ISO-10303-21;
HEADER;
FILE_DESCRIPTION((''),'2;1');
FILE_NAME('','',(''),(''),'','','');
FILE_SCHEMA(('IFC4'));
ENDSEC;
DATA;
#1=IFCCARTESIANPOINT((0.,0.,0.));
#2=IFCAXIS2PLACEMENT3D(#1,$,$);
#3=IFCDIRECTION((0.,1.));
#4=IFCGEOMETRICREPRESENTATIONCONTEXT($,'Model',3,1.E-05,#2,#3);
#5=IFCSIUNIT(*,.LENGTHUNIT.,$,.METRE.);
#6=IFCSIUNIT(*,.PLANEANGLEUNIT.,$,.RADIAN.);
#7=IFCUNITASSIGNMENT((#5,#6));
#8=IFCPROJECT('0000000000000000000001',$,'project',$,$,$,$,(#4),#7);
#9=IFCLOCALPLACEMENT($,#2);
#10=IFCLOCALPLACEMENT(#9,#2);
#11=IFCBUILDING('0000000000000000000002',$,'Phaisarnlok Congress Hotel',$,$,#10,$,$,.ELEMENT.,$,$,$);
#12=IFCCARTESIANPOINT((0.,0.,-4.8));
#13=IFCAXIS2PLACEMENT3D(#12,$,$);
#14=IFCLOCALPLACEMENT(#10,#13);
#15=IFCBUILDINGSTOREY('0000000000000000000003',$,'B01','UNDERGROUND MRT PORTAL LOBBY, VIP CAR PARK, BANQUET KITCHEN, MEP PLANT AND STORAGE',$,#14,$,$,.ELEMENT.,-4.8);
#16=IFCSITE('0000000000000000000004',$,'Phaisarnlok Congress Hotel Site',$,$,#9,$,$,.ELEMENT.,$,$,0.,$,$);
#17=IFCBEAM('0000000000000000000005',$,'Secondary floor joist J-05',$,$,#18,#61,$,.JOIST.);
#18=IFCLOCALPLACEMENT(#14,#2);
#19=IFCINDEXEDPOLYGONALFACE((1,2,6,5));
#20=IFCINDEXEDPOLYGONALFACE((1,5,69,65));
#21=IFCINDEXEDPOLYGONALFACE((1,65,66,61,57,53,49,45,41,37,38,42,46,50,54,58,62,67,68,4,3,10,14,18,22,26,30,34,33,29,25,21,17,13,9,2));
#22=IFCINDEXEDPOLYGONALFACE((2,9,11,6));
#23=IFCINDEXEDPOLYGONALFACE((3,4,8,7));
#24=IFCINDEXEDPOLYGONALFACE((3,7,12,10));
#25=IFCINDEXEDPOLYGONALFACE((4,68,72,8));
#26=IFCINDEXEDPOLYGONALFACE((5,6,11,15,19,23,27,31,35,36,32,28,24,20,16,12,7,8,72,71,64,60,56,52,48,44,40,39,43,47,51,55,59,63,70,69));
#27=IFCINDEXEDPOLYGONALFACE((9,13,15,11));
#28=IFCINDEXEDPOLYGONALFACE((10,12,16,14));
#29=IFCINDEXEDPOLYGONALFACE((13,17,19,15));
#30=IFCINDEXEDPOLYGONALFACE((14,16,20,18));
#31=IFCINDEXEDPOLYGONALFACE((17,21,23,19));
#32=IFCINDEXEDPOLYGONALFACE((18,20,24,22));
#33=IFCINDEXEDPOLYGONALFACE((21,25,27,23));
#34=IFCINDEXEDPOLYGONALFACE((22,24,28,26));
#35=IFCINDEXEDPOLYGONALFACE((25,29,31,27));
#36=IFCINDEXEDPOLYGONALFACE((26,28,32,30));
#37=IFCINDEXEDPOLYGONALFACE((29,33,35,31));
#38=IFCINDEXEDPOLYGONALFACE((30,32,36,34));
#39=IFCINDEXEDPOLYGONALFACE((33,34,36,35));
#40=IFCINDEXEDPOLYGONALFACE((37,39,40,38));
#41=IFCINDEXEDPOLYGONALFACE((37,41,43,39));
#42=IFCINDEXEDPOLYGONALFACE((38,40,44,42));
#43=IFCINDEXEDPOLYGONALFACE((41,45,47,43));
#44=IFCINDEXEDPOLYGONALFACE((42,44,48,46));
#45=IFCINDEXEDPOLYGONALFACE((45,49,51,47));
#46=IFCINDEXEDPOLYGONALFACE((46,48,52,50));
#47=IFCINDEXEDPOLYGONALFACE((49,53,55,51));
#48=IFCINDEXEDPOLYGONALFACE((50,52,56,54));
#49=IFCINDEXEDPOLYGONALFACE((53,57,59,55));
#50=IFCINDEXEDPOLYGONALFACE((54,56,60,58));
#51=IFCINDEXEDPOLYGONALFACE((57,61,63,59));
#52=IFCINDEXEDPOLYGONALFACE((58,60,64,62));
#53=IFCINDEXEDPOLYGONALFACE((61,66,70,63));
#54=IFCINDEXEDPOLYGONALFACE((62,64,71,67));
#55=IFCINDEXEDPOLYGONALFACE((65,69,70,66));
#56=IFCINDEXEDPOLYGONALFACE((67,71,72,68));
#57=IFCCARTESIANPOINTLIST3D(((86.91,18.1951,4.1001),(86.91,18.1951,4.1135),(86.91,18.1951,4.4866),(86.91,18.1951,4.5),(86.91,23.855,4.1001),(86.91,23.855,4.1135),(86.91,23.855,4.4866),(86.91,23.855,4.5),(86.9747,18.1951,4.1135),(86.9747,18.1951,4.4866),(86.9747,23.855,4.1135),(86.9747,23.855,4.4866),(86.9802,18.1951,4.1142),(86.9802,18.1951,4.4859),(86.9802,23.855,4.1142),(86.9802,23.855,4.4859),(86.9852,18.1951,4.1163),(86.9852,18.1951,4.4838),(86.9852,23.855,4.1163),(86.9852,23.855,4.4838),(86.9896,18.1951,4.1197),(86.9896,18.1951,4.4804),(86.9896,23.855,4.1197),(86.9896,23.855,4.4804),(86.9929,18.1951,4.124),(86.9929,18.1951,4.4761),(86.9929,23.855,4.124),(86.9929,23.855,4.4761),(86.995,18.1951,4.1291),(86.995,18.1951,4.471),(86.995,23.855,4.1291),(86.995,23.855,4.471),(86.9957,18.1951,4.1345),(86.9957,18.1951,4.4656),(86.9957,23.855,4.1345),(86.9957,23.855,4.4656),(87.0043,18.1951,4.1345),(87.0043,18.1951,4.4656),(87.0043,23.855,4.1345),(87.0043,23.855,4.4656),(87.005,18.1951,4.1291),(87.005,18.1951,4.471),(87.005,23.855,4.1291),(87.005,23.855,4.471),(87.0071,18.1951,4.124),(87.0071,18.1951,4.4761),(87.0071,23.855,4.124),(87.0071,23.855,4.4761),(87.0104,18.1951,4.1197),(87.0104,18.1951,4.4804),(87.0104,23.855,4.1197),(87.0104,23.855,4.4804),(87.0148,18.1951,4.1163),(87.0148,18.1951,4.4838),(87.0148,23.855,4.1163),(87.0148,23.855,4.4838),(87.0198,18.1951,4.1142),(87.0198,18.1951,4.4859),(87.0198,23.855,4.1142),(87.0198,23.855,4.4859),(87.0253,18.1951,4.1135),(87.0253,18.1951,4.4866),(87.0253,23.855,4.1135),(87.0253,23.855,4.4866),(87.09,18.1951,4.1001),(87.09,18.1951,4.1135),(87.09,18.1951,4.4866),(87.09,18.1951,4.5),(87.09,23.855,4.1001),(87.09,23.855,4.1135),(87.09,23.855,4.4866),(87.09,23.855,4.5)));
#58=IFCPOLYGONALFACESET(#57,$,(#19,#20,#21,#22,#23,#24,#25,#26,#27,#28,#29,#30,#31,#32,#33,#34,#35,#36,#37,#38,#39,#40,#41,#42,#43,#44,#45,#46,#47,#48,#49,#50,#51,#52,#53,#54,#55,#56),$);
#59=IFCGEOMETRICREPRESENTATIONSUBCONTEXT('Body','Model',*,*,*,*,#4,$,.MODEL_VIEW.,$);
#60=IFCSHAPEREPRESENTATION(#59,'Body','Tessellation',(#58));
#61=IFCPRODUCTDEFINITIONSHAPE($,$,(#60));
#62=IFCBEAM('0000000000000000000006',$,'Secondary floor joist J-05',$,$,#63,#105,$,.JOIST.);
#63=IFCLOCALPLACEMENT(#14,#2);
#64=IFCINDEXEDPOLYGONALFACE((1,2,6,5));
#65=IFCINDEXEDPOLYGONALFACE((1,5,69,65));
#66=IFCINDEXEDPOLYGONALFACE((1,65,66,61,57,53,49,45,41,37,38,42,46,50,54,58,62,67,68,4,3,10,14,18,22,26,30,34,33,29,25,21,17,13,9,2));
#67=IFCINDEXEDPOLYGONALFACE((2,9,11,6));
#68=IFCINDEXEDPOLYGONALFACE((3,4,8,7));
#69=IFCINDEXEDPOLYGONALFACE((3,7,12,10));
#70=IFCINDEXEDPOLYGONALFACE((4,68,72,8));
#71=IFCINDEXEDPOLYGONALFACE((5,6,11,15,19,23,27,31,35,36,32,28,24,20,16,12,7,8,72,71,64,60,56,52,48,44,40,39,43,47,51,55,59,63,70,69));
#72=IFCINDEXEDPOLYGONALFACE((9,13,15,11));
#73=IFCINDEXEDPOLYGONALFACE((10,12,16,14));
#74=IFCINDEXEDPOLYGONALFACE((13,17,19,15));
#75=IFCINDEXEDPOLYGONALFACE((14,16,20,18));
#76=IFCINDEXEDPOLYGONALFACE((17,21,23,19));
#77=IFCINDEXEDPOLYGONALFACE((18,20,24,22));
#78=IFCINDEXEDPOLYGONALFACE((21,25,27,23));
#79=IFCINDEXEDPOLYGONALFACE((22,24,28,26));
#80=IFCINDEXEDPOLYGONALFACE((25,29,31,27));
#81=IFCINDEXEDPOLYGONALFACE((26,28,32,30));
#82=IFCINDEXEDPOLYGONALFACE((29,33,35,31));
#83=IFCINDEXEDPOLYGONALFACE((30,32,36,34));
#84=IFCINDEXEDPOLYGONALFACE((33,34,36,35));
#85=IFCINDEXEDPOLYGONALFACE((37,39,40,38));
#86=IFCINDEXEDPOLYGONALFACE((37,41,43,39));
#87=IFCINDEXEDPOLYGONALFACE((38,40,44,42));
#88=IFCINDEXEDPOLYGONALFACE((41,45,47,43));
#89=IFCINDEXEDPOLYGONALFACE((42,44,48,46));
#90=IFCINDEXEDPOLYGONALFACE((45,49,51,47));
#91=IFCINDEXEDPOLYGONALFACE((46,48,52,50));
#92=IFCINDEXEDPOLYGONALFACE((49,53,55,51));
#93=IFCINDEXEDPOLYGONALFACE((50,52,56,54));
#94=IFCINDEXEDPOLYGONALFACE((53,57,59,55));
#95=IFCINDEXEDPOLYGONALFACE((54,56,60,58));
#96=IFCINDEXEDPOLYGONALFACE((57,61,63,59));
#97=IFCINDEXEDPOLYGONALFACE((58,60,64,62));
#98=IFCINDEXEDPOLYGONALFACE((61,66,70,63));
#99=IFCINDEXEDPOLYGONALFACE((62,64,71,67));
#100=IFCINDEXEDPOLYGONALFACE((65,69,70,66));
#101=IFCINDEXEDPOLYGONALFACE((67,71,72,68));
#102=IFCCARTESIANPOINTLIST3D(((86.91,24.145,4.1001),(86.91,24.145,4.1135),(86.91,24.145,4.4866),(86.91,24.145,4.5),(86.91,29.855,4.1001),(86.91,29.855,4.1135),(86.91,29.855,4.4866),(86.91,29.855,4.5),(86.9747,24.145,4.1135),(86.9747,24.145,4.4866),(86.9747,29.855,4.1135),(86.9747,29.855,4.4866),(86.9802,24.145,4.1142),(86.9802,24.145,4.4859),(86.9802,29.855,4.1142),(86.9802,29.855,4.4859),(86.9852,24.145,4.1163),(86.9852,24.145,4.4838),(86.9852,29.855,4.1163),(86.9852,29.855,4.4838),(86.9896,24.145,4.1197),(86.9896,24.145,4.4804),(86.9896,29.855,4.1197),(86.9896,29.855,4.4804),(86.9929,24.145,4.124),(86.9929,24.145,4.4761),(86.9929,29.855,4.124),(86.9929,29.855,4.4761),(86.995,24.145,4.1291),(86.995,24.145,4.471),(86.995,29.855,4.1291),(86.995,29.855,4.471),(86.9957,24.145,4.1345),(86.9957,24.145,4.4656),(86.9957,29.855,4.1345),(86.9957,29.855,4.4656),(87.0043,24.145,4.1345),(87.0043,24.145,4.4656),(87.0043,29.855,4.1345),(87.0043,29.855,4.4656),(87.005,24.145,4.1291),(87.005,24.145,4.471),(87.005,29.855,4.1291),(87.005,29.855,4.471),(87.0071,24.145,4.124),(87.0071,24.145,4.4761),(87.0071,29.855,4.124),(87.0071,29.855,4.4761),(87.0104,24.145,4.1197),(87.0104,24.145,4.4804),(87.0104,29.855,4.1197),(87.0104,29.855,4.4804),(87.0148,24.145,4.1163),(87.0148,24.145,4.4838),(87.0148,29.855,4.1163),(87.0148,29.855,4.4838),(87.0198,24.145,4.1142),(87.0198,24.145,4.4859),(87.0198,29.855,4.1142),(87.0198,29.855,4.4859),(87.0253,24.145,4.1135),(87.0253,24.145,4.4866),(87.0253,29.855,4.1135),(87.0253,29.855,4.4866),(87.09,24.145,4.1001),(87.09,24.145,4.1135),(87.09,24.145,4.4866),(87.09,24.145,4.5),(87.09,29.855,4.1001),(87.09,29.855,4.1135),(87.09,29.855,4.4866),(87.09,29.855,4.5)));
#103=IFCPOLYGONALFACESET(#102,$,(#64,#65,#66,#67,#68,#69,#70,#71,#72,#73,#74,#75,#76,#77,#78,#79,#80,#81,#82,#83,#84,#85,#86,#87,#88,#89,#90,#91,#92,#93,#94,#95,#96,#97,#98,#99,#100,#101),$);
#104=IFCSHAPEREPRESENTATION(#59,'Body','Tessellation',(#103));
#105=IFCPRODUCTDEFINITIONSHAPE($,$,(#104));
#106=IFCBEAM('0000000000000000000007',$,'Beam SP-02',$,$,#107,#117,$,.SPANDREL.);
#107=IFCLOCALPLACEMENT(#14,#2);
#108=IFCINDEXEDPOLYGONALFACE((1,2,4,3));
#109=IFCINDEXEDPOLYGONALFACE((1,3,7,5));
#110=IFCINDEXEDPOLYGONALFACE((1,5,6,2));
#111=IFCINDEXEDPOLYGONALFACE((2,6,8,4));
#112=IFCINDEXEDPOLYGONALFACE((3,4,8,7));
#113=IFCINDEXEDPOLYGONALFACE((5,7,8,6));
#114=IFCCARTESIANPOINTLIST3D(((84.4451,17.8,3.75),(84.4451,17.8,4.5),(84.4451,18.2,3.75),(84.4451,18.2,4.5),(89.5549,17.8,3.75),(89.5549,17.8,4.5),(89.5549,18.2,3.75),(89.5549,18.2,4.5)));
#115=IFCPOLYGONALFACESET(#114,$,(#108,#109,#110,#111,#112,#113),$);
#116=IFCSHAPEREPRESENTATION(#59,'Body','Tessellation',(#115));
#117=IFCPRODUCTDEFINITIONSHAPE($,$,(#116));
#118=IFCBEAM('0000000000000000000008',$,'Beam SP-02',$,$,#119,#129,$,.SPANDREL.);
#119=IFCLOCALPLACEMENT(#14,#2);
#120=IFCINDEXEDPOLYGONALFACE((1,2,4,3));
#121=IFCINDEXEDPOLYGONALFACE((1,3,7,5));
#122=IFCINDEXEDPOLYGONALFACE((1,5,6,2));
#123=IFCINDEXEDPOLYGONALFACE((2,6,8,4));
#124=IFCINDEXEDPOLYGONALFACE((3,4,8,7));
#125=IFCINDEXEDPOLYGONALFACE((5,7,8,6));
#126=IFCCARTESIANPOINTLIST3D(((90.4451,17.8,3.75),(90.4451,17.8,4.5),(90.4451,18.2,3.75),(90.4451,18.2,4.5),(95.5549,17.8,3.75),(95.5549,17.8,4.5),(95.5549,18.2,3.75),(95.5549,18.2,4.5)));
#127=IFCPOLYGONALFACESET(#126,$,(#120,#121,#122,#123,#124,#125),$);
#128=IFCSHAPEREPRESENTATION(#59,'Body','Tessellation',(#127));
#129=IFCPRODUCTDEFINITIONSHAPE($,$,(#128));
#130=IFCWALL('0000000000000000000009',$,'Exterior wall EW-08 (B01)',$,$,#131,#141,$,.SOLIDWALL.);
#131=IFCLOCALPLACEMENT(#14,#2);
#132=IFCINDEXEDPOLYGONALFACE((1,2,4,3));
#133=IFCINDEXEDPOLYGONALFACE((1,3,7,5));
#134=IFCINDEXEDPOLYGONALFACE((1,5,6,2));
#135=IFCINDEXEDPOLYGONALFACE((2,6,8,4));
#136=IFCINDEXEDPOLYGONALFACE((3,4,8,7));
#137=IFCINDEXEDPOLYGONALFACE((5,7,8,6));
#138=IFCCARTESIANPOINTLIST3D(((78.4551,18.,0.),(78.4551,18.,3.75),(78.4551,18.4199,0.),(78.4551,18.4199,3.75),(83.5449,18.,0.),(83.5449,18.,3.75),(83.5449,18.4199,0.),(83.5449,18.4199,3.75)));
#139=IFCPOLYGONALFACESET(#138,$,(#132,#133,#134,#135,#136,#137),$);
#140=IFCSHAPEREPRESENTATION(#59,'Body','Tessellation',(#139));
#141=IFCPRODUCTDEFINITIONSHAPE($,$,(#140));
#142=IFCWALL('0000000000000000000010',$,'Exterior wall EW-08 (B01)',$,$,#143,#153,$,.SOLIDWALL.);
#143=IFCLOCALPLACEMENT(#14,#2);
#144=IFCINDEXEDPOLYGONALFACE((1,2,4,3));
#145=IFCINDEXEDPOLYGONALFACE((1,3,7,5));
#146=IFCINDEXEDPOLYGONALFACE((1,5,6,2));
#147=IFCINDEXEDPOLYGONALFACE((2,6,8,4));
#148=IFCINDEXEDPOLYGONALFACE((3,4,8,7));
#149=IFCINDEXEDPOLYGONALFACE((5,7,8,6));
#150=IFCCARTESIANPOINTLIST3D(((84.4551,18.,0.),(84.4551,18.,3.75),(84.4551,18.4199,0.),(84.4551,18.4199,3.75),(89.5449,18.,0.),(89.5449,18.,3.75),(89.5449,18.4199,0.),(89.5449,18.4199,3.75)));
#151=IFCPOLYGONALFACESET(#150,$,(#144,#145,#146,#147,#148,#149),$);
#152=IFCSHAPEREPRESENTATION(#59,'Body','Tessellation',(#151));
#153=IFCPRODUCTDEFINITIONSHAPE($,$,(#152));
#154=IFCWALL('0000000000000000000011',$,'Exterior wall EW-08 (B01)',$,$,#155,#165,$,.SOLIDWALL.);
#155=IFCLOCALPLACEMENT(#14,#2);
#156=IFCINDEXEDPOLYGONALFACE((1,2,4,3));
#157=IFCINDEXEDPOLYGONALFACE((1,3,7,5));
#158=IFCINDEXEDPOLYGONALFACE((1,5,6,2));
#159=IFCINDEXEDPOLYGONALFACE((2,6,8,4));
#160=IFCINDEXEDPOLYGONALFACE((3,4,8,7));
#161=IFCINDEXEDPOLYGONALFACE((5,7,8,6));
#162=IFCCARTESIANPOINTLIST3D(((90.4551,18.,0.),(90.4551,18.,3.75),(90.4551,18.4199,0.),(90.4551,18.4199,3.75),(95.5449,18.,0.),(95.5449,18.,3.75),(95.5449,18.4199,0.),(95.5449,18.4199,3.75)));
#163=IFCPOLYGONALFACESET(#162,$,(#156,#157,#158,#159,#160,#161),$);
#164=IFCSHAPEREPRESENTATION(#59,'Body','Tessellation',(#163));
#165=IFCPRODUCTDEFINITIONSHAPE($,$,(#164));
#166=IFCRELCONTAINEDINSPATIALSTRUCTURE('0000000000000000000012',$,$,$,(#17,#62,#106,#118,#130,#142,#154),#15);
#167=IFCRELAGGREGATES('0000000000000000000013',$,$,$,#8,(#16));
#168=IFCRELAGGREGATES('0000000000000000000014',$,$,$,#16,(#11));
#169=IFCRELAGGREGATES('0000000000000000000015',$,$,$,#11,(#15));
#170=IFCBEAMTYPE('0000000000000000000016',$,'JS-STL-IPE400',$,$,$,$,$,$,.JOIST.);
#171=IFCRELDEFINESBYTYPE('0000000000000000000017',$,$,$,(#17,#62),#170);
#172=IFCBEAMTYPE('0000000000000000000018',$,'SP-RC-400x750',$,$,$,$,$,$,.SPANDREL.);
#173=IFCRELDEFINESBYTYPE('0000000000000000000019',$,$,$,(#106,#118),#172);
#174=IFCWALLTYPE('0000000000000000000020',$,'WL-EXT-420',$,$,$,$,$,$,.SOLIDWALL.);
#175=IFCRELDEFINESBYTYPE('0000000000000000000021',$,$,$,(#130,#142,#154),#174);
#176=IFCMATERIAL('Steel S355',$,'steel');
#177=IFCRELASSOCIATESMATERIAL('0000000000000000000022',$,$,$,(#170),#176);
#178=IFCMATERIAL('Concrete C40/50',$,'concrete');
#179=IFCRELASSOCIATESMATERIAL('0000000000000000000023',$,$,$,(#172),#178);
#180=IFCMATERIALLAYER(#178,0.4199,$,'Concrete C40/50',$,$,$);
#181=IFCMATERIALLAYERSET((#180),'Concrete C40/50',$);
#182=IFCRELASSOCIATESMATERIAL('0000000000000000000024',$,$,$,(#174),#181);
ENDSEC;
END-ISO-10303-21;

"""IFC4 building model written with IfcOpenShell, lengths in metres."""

from ifc_helpers import new_model, si_unit, direction, frame, frame_2d, origin, origin_2d, place, context, subcontext, project, spatial, rectangle, i_section, extrude, material, layer, layer_set, material_profile, profile_set, type_object, element, save


model = new_model("IFC4")

# Units and contexts
model_context = context("Model", 3, precision=1e-05, world=origin(), true_north=direction((0.0, 1.0)))
body_context = subcontext(model_context, "Body", "Model", "MODEL_VIEW")
ifc_project = project(units=[si_unit("LENGTHUNIT", "METRE"), si_unit("PLANEANGLEUNIT", "RADIAN")], contexts=[model_context])

# Site, building, storey
site_placement = place(None, origin())
site = spatial("IfcSite", under=ifc_project, at=site_placement, Name="Phaisarnlok Congress Hotel Site", CompositionType="ELEMENT", RefElevation=0.0)
building_placement = place(site_placement, origin())
building = spatial("IfcBuilding", under=site, at=building_placement, Name="Phaisarnlok Congress Hotel", CompositionType="ELEMENT")
storey_placement = place(building_placement, frame((0.0, 0.0, -4.8)))
storey = spatial("IfcBuildingStorey", under=building, at=storey_placement, Name="B01", Description="UNDERGROUND MRT PORTAL LOBBY, VIP CAR PARK, BANQUET KITCHEN, MEP PLANT AND STORAGE", CompositionType="ELEMENT", Elevation=-4.8)

# Shared definitions
ifc_material_1 = material(Name="Concrete C40/50", Category="concrete")

# Beams
ifc_material_2 = material(Name="Steel S355", Category="steel")
ifc_material_profile_1 = material_profile(ifc_material_2, i_section(OverallWidth=0.1799, OverallDepth=0.3999, WebThickness=0.0085, FlangeThickness=0.0134, FilletRadius=0.021, at=origin_2d()), Name="IPE 400")
ifc_profile_set_1 = profile_set([ifc_material_profile_1], Name="Steel S355")
beam_type_1 = type_object("IfcBeamType", Name="JS-STL-IPE400", PredefinedType="JOIST", material=ifc_profile_set_1)
beam_1_placement = place(storey_placement, frame((87.0, 18.1951, 4.3), z_axis=(0.0, 1.0, 0.0), x_axis=(-1.0, 0.0, 0.0)))
element("IfcBeam", 1, at=beam_1_placement, inside=storey, type_object=beam_type_1, Name="Secondary floor joist J-05", PredefinedType="JOIST", context=body_context, shape_type="SweptSolid", body=[
    extrude(i_section(OverallWidth=0.1799, OverallDepth=0.3999, WebThickness=0.0085, FlangeThickness=0.0134, FilletRadius=0.021, at=origin_2d()), origin(), (0.0, 0.0, 1.0), 5.6599),
])
beam_2_placement = place(storey_placement, frame((87.0, 24.145, 4.3), z_axis=(0.0, 1.0, 0.0), x_axis=(-1.0, 0.0, 0.0)))
element("IfcBeam", 2, at=beam_2_placement, inside=storey, type_object=beam_type_1, Name="Secondary floor joist J-05", PredefinedType="JOIST", context=body_context, shape_type="SweptSolid", body=[
    extrude(i_section(OverallWidth=0.1799, OverallDepth=0.3999, WebThickness=0.0085, FlangeThickness=0.0134, FilletRadius=0.021, at=origin_2d()), origin(), (0.0, 0.0, 1.0), 5.71),
])
ifc_material_profile_2 = material_profile(ifc_material_1, rectangle(XDim=0.3999, YDim=0.75, at=origin_2d()), Name="RC 400x750")
ifc_profile_set_2 = profile_set([ifc_material_profile_2], Name="Concrete C40/50")
beam_type_2 = type_object("IfcBeamType", Name="SP-RC-400x750", PredefinedType="SPANDREL", material=ifc_profile_set_2)
for number, where, z_axis, x_axis, name in (
    (3, (84.4451, 18.0, 4.125), (1.0, 0.0, 0.0), (0.0, 1.0, 0.0), "Beam SP-02"),
    (4, (90.4451, 18.0, 4.125), (1.0, 0.0, 0.0), (0.0, 1.0, 0.0), "Beam SP-02"),
):
    element("IfcBeam", number, at=place(storey_placement, frame(where, z_axis=z_axis, x_axis=x_axis)), inside=storey, type_object=beam_type_2, Name=name, PredefinedType="SPANDREL", context=body_context, shape_type="SweptSolid", body=[
        extrude(rectangle(XDim=0.3999, YDim=0.75, at=origin_2d()), origin(), (0.0, 0.0, 1.0), 5.1099),
    ])

# Walls
ifc_layer = layer(ifc_material_1, 0.4199, Name="Concrete C40/50")
ifc_layer_set = layer_set([ifc_layer], Name="Concrete C40/50")
wall_type = type_object("IfcWallType", Name="WL-EXT-420", PredefinedType="SOLIDWALL", material=ifc_layer_set)
for number, where, z_axis, x_axis, name in (
    (5, (78.4551, 18.21, 0.0), (0.0, 0.0, 1.0), (1.0, 0.0, 0.0), "Exterior wall EW-08 (B01)"),
    (6, (84.4551, 18.21, 0.0), (0.0, 0.0, 1.0), (1.0, 0.0, 0.0), "Exterior wall EW-08 (B01)"),
    (7, (90.4551, 18.21, 0.0), (0.0, 0.0, 1.0), (1.0, 0.0, 0.0), "Exterior wall EW-08 (B01)"),
):
    element("IfcWall", number, at=place(storey_placement, frame(where, z_axis=z_axis, x_axis=x_axis)), inside=storey, type_object=wall_type, Name=name, PredefinedType="SOLIDWALL", context=body_context, shape_type="SweptSolid", body=[
        extrude(rectangle(XDim=5.0898, YDim=0.4199, at=frame_2d((2.5449, 0.0))), origin(), (0.0, 0.0, 1.0), 3.75),
    ])

save(model, "model.ifc")
